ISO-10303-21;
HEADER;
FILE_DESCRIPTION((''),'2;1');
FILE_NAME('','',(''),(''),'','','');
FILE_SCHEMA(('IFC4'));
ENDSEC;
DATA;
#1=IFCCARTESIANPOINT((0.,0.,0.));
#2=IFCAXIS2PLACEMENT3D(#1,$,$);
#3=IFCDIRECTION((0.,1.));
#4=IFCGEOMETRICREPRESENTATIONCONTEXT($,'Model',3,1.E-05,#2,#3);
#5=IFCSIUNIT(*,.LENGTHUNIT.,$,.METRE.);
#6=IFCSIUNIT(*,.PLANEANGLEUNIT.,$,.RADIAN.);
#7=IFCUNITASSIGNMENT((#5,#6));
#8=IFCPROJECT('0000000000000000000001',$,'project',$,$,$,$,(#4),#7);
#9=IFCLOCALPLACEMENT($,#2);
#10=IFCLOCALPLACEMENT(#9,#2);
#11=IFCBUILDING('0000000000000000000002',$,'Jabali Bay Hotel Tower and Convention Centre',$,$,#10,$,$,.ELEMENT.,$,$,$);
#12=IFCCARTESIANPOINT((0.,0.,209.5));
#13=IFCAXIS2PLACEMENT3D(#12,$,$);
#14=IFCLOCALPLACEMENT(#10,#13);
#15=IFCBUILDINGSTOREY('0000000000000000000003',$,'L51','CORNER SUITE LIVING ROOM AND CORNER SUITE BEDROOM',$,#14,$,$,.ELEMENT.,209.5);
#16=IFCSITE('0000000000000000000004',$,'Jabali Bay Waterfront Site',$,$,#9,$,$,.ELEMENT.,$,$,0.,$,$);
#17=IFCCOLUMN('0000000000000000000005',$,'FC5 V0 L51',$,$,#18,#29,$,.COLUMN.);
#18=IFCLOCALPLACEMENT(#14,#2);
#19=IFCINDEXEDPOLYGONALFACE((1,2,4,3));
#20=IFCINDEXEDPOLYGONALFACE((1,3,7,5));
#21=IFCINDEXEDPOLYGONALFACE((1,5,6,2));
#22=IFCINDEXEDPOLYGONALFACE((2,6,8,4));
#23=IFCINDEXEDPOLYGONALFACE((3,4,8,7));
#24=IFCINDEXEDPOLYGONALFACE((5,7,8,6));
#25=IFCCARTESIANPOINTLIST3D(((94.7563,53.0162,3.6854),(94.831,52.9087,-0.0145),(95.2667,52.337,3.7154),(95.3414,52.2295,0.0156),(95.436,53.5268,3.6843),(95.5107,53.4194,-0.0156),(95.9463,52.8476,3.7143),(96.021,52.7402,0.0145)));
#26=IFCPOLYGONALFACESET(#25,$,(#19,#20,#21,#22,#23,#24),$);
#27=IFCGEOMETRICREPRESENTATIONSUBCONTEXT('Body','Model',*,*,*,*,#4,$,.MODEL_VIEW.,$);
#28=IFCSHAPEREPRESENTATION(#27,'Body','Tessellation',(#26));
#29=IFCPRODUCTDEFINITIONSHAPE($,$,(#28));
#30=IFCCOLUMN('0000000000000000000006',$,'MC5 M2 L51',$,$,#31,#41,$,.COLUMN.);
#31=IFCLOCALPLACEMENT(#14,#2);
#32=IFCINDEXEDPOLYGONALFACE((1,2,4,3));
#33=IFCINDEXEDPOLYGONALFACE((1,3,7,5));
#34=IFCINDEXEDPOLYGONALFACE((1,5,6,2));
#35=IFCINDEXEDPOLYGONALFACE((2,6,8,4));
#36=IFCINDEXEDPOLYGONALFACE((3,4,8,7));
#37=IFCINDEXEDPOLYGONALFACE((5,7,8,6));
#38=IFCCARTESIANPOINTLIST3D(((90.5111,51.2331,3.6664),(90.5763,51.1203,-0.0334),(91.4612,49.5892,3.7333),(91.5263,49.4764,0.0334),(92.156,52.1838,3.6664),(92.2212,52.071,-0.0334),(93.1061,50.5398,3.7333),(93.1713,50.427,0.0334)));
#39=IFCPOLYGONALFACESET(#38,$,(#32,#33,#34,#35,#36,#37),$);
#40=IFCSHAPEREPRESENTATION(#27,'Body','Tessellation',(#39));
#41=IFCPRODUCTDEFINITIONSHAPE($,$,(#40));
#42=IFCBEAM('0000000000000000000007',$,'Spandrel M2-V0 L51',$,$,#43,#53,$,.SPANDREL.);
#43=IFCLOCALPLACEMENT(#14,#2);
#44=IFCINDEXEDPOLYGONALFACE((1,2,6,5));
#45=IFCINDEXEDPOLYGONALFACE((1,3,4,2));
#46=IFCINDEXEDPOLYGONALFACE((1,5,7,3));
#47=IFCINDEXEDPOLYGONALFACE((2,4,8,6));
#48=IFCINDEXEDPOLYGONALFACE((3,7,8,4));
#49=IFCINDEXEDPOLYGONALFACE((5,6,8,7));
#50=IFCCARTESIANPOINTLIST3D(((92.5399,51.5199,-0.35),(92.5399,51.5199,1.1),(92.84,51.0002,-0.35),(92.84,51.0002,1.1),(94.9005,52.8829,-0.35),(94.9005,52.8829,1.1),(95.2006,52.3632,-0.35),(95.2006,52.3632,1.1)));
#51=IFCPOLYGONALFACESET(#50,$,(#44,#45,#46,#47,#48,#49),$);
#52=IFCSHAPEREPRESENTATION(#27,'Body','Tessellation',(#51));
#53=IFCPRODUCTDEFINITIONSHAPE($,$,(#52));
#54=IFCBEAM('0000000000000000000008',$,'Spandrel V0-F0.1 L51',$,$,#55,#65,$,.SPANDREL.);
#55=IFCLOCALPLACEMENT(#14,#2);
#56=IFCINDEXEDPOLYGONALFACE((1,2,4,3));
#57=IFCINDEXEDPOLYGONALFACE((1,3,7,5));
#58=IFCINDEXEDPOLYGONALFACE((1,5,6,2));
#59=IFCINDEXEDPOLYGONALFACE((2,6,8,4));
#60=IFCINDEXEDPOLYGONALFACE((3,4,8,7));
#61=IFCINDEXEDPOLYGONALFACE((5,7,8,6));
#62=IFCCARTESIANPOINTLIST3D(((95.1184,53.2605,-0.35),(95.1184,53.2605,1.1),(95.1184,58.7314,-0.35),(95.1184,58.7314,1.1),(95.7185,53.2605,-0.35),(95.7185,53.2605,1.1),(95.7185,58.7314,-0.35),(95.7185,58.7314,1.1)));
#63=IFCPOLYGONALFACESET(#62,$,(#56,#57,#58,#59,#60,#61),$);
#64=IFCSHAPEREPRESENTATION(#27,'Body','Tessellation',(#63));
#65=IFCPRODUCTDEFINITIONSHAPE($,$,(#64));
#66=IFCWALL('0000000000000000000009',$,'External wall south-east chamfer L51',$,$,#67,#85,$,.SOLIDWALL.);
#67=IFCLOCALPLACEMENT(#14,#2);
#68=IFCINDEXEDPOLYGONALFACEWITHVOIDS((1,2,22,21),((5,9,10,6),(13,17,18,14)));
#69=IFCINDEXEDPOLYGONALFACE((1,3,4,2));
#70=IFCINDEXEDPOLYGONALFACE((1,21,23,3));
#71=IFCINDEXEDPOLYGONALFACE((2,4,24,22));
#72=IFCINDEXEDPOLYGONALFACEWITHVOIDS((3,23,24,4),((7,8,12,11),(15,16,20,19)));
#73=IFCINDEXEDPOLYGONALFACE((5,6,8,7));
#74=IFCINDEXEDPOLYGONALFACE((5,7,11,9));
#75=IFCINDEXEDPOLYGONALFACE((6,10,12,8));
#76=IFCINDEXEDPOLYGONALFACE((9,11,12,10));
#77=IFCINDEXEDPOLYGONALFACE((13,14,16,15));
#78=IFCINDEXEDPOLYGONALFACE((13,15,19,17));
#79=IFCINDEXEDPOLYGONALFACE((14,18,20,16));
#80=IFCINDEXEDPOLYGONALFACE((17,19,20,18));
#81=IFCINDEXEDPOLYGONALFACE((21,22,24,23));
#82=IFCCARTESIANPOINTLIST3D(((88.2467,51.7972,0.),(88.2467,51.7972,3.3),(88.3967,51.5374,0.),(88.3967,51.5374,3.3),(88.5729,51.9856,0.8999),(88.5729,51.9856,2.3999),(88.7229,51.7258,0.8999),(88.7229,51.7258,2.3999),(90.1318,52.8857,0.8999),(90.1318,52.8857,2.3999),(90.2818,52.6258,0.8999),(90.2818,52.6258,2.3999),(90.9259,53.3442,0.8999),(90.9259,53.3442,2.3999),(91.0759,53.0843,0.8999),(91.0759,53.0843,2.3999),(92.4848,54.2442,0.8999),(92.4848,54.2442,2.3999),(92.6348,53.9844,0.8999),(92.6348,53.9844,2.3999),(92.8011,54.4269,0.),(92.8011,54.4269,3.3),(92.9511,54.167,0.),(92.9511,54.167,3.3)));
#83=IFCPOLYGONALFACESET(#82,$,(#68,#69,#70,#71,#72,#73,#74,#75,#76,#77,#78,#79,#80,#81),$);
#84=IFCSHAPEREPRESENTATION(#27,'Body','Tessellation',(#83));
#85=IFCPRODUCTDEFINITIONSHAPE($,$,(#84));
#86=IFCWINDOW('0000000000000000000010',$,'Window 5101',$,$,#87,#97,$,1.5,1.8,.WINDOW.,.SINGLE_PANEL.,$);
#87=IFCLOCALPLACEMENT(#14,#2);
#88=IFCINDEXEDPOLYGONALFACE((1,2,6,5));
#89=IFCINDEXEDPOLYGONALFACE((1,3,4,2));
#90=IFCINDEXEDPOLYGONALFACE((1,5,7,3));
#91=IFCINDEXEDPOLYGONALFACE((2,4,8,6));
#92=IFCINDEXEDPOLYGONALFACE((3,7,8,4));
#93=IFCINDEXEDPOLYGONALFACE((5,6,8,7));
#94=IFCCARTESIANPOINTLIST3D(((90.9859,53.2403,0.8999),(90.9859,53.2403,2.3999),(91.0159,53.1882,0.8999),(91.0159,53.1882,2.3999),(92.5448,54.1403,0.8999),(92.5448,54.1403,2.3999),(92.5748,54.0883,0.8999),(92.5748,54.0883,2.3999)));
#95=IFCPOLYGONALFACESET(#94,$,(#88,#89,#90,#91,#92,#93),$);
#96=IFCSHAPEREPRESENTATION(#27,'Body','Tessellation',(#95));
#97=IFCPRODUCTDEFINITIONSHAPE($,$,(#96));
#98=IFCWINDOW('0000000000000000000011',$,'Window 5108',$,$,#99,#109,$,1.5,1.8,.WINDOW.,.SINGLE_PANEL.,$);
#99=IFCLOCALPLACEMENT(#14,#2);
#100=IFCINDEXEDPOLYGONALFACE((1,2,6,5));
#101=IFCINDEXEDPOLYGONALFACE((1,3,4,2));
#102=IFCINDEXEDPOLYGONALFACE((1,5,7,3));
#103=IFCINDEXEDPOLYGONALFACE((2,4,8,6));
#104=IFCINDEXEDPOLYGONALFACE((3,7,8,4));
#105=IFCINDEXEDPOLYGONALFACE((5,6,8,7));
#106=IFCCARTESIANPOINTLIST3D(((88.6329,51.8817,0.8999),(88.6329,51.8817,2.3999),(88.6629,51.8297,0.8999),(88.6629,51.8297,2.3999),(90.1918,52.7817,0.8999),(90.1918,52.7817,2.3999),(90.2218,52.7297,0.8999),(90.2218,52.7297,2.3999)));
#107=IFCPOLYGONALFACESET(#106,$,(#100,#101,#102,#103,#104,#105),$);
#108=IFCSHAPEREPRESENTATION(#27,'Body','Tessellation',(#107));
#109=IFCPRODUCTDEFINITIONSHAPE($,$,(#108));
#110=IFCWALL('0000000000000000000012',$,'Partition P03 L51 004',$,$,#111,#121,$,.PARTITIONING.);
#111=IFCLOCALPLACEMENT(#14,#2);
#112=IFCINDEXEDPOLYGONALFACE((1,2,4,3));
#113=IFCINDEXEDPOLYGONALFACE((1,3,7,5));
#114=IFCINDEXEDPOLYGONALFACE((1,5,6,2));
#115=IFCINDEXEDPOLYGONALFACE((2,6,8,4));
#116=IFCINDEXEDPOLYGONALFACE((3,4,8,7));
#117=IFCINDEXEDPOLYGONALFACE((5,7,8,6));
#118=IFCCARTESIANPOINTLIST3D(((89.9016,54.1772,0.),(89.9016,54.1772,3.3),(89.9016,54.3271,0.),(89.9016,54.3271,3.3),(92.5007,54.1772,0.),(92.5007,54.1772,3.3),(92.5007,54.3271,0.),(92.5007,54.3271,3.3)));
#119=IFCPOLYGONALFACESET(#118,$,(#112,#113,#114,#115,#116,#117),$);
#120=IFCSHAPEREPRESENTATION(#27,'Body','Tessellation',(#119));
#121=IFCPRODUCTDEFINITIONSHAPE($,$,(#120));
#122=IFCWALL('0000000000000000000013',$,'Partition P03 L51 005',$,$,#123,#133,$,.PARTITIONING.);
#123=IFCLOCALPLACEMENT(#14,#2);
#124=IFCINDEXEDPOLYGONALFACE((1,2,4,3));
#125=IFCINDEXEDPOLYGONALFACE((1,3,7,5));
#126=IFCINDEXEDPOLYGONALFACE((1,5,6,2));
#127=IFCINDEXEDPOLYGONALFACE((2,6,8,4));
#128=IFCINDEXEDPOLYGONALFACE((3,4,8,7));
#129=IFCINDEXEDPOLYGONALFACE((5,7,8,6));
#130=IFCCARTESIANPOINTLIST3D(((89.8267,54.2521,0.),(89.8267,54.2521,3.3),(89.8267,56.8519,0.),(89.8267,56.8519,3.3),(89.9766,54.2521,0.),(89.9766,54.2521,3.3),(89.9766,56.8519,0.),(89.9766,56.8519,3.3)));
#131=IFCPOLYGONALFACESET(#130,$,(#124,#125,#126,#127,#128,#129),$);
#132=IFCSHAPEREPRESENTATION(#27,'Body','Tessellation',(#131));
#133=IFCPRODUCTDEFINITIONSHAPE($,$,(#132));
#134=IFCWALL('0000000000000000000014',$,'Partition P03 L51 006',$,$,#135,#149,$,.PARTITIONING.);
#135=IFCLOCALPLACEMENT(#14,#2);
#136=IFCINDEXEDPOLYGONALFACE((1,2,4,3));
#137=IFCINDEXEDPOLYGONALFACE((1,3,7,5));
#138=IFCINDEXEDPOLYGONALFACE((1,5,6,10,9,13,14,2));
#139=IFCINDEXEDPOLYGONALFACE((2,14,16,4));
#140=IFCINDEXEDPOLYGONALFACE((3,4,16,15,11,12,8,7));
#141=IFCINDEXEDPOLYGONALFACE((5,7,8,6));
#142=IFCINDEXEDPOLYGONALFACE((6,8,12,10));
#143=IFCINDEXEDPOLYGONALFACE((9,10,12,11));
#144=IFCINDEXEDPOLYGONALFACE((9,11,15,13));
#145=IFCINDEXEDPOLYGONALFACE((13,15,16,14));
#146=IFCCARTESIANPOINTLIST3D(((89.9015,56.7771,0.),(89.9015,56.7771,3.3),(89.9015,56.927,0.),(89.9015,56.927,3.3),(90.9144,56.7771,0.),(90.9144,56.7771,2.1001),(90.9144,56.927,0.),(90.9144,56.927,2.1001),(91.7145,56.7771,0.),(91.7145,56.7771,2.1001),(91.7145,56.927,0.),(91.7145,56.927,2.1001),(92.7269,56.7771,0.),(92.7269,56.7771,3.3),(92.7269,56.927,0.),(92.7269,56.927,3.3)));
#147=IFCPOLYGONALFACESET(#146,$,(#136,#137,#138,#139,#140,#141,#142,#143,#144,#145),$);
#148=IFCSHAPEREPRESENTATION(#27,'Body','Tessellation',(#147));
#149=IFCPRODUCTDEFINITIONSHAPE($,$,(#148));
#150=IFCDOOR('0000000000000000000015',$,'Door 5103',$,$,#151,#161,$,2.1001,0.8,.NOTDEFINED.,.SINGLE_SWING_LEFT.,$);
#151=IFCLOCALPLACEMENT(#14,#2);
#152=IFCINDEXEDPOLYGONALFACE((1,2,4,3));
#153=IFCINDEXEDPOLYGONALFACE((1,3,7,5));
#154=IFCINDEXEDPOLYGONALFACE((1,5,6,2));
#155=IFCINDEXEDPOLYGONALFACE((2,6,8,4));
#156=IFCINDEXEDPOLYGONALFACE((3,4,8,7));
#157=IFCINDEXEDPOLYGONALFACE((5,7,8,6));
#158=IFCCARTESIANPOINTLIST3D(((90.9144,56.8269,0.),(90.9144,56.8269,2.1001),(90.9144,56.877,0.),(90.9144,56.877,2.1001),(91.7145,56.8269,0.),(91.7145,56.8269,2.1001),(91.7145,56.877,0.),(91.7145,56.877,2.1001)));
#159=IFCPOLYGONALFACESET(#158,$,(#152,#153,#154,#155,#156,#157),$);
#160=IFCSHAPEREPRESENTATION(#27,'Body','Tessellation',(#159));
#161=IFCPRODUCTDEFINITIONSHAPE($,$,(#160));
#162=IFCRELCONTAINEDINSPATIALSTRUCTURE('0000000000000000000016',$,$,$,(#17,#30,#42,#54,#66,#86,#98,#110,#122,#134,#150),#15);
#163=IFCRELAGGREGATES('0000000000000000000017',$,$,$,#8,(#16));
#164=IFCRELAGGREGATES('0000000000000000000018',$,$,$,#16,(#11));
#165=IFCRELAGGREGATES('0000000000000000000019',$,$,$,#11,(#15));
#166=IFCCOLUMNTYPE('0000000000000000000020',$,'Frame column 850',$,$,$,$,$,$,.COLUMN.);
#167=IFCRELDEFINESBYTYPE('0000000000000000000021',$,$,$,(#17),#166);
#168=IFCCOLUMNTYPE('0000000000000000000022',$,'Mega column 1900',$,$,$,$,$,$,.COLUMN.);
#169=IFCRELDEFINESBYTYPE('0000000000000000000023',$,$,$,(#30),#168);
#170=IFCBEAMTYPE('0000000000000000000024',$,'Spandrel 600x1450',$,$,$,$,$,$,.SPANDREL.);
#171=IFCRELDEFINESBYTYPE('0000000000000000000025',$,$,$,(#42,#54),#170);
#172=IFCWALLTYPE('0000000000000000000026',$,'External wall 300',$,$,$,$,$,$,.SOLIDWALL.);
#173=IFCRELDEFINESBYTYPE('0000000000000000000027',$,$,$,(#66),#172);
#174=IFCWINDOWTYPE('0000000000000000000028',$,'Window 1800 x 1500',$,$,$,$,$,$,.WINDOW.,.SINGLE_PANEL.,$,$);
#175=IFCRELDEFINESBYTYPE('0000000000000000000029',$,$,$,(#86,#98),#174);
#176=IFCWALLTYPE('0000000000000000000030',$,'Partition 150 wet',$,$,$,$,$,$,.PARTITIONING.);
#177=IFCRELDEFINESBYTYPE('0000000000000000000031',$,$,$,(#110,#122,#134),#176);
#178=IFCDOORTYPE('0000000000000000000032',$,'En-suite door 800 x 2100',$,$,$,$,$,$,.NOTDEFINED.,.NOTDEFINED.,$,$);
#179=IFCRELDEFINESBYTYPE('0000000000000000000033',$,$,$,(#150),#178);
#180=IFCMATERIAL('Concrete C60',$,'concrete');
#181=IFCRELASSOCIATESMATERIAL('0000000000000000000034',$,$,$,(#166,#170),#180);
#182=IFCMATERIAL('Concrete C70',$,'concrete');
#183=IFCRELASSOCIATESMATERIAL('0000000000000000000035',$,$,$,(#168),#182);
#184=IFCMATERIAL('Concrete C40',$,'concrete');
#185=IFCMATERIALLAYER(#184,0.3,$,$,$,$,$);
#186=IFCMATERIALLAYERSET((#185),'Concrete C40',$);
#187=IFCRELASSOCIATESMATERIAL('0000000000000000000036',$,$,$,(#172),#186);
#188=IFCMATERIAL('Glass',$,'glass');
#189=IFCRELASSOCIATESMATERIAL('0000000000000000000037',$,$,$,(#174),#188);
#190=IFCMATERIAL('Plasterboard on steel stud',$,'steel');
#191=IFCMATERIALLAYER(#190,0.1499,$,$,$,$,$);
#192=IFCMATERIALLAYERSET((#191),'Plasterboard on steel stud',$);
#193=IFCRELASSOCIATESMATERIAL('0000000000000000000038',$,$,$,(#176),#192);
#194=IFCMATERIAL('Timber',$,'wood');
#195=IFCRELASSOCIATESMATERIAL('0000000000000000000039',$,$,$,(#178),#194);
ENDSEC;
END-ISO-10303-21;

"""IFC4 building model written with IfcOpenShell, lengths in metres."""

from ifc_helpers import new_model, si_unit, direction, frame, frame_2d, origin, origin_2d, place, context, subcontext, project, spatial, rectangle, extrude, material, layer, layer_set, material_profile, profile_set, type_object, element, fill, save


model = new_model("IFC4")

# Units and contexts
model_context = context("Model", 3, precision=1e-05, world=origin(), true_north=direction((0.0, 1.0)))
body_context = subcontext(model_context, "Body", "Model", "MODEL_VIEW")
ifc_project = project(units=[si_unit("LENGTHUNIT", "METRE"), si_unit("PLANEANGLEUNIT", "RADIAN")], contexts=[model_context])

# Site, building, storey
site_placement = place(None, origin())
site = spatial("IfcSite", under=ifc_project, at=site_placement, Name="Jabali Bay Waterfront Site", CompositionType="ELEMENT", RefElevation=0.0)
building_placement = place(site_placement, origin())
building = spatial("IfcBuilding", under=site, at=building_placement, Name="Jabali Bay Hotel Tower and Convention Centre", CompositionType="ELEMENT")
storey_placement = place(building_placement, frame((0.0, 0.0, 209.5)))
storey = spatial("IfcBuildingStorey", under=building, at=storey_placement, Name="L51", Description="CORNER SUITE LIVING ROOM AND CORNER SUITE BEDROOM", CompositionType="ELEMENT", Elevation=209.5)

# Columns
ifc_material_1 = material(Name="Concrete C60", Category="concrete")
ifc_material_profile_1 = material_profile(ifc_material_1, rectangle(XDim=0.8501, YDim=0.8501, at=origin_2d()), Name="Frame column 850")
ifc_profile_set_1 = profile_set([ifc_material_profile_1], Name="Concrete C60")
column_type_1 = type_object("IfcColumnType", Name="Frame column 850", PredefinedType="COLUMN", material=ifc_profile_set_1)
column_1_placement = place(storey_placement, frame((95.426, 52.8245, 0.0), z_axis=(-0.020179, 0.029015, 0.999375), x_axis=(-0.79948, -0.600692, 0.001298)))
element("IfcColumn", 1, at=column_1_placement, inside=storey, type_object=column_type_1, Name="FC5 V0 L51", PredefinedType="COLUMN", context=body_context, shape_type="SweptSolid", body=[
    extrude(rectangle(XDim=0.8501, YDim=0.8501, at=origin_2d()), origin(), (0.0, 0.0, 1.0), 3.7021),
])
ifc_material_2 = material(Name="Concrete C70", Category="concrete")
ifc_material_profile_2 = material_profile(ifc_material_2, rectangle(XDim=1.8999, YDim=1.8999, at=origin_2d()), Name="Mega column 1900")
ifc_profile_set_2 = profile_set([ifc_material_profile_2], Name="Concrete C70")
column_type_2 = type_object("IfcColumnType", Name="Mega column 1900", PredefinedType="COLUMN", material=ifc_profile_set_2)
column_2_placement = place(storey_placement, frame((91.8738, 50.7737, 0.0), z_axis=(-0.017607, 0.030466, 0.999381), x_axis=(0.500061, -0.865275, 0.035188)))
element("IfcColumn", 2, at=column_2_placement, inside=storey, type_object=column_type_2, Name="MC5 M2 L51", PredefinedType="COLUMN", context=body_context, shape_type="SweptSolid", body=[
    extrude(rectangle(XDim=1.8999, YDim=1.8999, at=origin_2d()), origin(), (0.0, 0.0, 1.0), 3.7021),
])

# Beams
ifc_material_profile_3 = material_profile(ifc_material_1, rectangle(XDim=0.6001, YDim=1.45, at=origin_2d()), Name="Spandrel 600x1450")
ifc_profile_set_3 = profile_set([ifc_material_profile_3], Name="Concrete C60")
beam_type = type_object("IfcBeamType", Name="Spandrel 600x1450", PredefinedType="SPANDREL", material=ifc_profile_set_3)
beam_1_placement = place(storey_placement, frame((92.6899, 51.26, 0.375), z_axis=(0.866002, 0.50004, 0.0), x_axis=(-0.50004, 0.866002, 0.0)))
element("IfcBeam", 3, at=beam_1_placement, inside=storey, type_object=beam_type, Name="Spandrel M2-V0 L51", PredefinedType="SPANDREL", context=body_context, shape_type="SweptSolid", body=[
    extrude(rectangle(XDim=0.6001, YDim=1.45, at=origin_2d()), origin(), (0.0, 0.0, 1.0), 2.7258),
])
beam_2_placement = place(storey_placement, frame((95.4185, 53.2605, 0.375), z_axis=(0.0, 1.0, 0.0), x_axis=(-1.0, 0.0, 0.0)))
element("IfcBeam", 4, at=beam_2_placement, inside=storey, type_object=beam_type, Name="Spandrel V0-F0.1 L51", PredefinedType="SPANDREL", context=body_context, shape_type="SweptSolid", body=[
    extrude(rectangle(XDim=0.6001, YDim=1.45, at=origin_2d()), origin(), (0.0, 0.0, 1.0), 5.4709),
])

# Wall, openings, windows
ifc_material_3 = material(Name="Concrete C40", Category="concrete")
ifc_layer_1 = layer(ifc_material_3, 0.3)
ifc_layer_set_1 = layer_set([ifc_layer_1], Name="Concrete C40")
wall_type_1 = type_object("IfcWallType", Name="External wall 300", PredefinedType="SOLIDWALL", material=ifc_layer_set_1)
wall_1_placement = place(storey_placement, frame((92.876, 54.2969, 0.0), z_axis=(0.0, 0.0, 1.0), x_axis=(-0.866015, -0.500018, 0.0)))
wall_1 = element("IfcWall", 5, at=wall_1_placement, inside=storey, type_object=wall_type_1, Name="External wall south-east chamfer L51", PredefinedType="SOLIDWALL", context=body_context, shape_type="SweptSolid", body=[
    extrude(rectangle(XDim=5.259, YDim=0.3, at=frame_2d((2.6294, 0.0))), origin(), (0.0, 0.0, 1.0), 3.3),
])
opening_1_placement = place(wall_1_placement, frame((0.3652, 0.0, 0.8999)))
opening_1 = element("IfcOpeningElement", 6, at=opening_1_placement, cuts=wall_1, PredefinedType="OPENING", context=body_context, shape_type="SweptSolid", body=[
    extrude(rectangle(XDim=1.8, YDim=1.5, at=frame_2d((0.8999, 0.75))), frame((0.0, 0.1606, 0.0), z_axis=(0.0, -1.0, 0.0), x_axis=(1.0, 0.0, 0.0)), (0.0, 0.0, 1.0), 0.321),
])
opening_2_placement = place(wall_1_placement, frame((3.0823, 0.0, 0.8999)))
opening_2 = element("IfcOpeningElement", 7, at=opening_2_placement, cuts=wall_1, PredefinedType="OPENING", context=body_context, shape_type="SweptSolid", body=[
    extrude(rectangle(XDim=1.8, YDim=1.5, at=frame_2d((0.8999, 0.75))), frame((0.0, 0.1606, 0.0), z_axis=(0.0, -1.0, 0.0), x_axis=(1.0, 0.0, 0.0)), (0.0, 0.0, 1.0), 0.321),
])
ifc_material_4 = material(Name="Glass", Category="glass")
window_type = type_object("IfcWindowType", Name="Window 1800 x 1500", PartitioningType="SINGLE_PANEL", PredefinedType="WINDOW", material=ifc_material_4)
window_1_placement = place(opening_1_placement, origin())
window_1 = element("IfcWindow", 8, at=window_1_placement, inside=storey, type_object=window_type, Name="Window 5101", OverallHeight=1.5, OverallWidth=1.8, PartitioningType="SINGLE_PANEL", PredefinedType="WINDOW", context=body_context, shape_type="SweptSolid", body=[
    extrude(rectangle(XDim=1.8, YDim=1.5, at=frame_2d((0.8999, 0.75))), frame((0.0, 0.03, 0.0), z_axis=(0.0, -1.0, 0.0), x_axis=(1.0, 0.0, 0.0)), (0.0, 0.0, 1.0), 0.0601),
])
fill(opening_1, window_1)
window_2_placement = place(opening_2_placement, origin())
window_2 = element("IfcWindow", 9, at=window_2_placement, inside=storey, type_object=window_type, Name="Window 5108", OverallHeight=1.5, OverallWidth=1.8, PartitioningType="SINGLE_PANEL", PredefinedType="WINDOW", context=body_context, shape_type="SweptSolid", body=[
    extrude(rectangle(XDim=1.8, YDim=1.5, at=frame_2d((0.8999, 0.75))), frame((0.0, 0.03, 0.0), z_axis=(0.0, -1.0, 0.0), x_axis=(1.0, 0.0, 0.0)), (0.0, 0.0, 1.0), 0.0601),
])
fill(opening_2, window_2)

# Walls
ifc_material_5 = material(Name="Plasterboard on steel stud", Category="steel")
ifc_layer_2 = layer(ifc_material_5, 0.1499)
ifc_layer_set_2 = layer_set([ifc_layer_2], Name="Plasterboard on steel stud")
wall_type_2 = type_object("IfcWallType", Name="Partition 150 wet", PredefinedType="PARTITIONING", material=ifc_layer_set_2)
wall_2_placement = place(storey_placement, frame((92.5007, 54.2522, 0.0), z_axis=(0.0, 0.0, 1.0), x_axis=(-1.0, 0.0, 0.0)))
element("IfcWall", 10, at=wall_2_placement, inside=storey, type_object=wall_type_2, Name="Partition P03 L51 004", PredefinedType="PARTITIONING", context=body_context, shape_type="SweptSolid", body=[
    extrude(rectangle(XDim=2.5991, YDim=0.1499, at=frame_2d((1.2996, 0.0))), origin(), (0.0, 0.0, 1.0), 3.3),
])
wall_3_placement = place(storey_placement, frame((89.9016, 54.2522, 0.0), z_axis=(0.0, 0.0, 1.0), x_axis=(0.0, 1.0, 0.0)))
element("IfcWall", 11, at=wall_3_placement, inside=storey, type_object=wall_type_2, Name="Partition P03 L51 005", PredefinedType="PARTITIONING", context=body_context, shape_type="SweptSolid", body=[
    extrude(rectangle(XDim=2.5999, YDim=0.1499, at=frame_2d((1.2998, 0.0))), origin(), (0.0, 0.0, 1.0), 3.3),
])

# Wall, opening, door
wall_4_placement = place(storey_placement, frame((89.9016, 56.8521, 0.0), z_axis=(0.0, 0.0, 1.0), x_axis=(1.0, 0.0, 0.0)))
wall_4 = element("IfcWall", 12, at=wall_4_placement, inside=storey, type_object=wall_type_2, Name="Partition P03 L51 006", PredefinedType="PARTITIONING", context=body_context, shape_type="SweptSolid", body=[
    extrude(rectangle(XDim=2.8254, YDim=0.1499, at=frame_2d((1.4126, 0.0))), origin(), (0.0, 0.0, 1.0), 3.3),
])
opening_3_placement = place(wall_4_placement, frame((1.0129, 0.0, 0.0)))
opening_3 = element("IfcOpeningElement", 13, at=opening_3_placement, cuts=wall_4, PredefinedType="OPENING", context=body_context, shape_type="SweptSolid", body=[
    extrude(rectangle(XDim=0.8, YDim=2.1001, at=frame_2d((0.3999, 1.05))), frame((0.0, 0.0854, 0.0), z_axis=(0.0, -1.0, 0.0), x_axis=(1.0, 0.0, 0.0)), (0.0, 0.0, 1.0), 0.1709),
])
ifc_material_6 = material(Name="Timber", Category="wood")
door_type = type_object("IfcDoorType", Name="En-suite door 800 x 2100", OperationType="NOTDEFINED", PredefinedType="NOTDEFINED", material=ifc_material_6)
door_placement = place(opening_3_placement, origin())
door = element("IfcDoor", 14, at=door_placement, inside=storey, type_object=door_type, Name="Door 5103", OperationType="SINGLE_SWING_LEFT", OverallHeight=2.1001, OverallWidth=0.8, PredefinedType="NOTDEFINED", context=body_context, shape_type="SweptSolid", body=[
    extrude(rectangle(XDim=0.8, YDim=2.1001, at=frame_2d((0.3999, 1.05))), frame((0.0, 0.0249, 0.0), z_axis=(0.0, -1.0, 0.0), x_axis=(1.0, 0.0, 0.0)), (0.0, 0.0, 1.0), 0.05),
])
fill(opening_3, door)

save(model, "model.ifc")
